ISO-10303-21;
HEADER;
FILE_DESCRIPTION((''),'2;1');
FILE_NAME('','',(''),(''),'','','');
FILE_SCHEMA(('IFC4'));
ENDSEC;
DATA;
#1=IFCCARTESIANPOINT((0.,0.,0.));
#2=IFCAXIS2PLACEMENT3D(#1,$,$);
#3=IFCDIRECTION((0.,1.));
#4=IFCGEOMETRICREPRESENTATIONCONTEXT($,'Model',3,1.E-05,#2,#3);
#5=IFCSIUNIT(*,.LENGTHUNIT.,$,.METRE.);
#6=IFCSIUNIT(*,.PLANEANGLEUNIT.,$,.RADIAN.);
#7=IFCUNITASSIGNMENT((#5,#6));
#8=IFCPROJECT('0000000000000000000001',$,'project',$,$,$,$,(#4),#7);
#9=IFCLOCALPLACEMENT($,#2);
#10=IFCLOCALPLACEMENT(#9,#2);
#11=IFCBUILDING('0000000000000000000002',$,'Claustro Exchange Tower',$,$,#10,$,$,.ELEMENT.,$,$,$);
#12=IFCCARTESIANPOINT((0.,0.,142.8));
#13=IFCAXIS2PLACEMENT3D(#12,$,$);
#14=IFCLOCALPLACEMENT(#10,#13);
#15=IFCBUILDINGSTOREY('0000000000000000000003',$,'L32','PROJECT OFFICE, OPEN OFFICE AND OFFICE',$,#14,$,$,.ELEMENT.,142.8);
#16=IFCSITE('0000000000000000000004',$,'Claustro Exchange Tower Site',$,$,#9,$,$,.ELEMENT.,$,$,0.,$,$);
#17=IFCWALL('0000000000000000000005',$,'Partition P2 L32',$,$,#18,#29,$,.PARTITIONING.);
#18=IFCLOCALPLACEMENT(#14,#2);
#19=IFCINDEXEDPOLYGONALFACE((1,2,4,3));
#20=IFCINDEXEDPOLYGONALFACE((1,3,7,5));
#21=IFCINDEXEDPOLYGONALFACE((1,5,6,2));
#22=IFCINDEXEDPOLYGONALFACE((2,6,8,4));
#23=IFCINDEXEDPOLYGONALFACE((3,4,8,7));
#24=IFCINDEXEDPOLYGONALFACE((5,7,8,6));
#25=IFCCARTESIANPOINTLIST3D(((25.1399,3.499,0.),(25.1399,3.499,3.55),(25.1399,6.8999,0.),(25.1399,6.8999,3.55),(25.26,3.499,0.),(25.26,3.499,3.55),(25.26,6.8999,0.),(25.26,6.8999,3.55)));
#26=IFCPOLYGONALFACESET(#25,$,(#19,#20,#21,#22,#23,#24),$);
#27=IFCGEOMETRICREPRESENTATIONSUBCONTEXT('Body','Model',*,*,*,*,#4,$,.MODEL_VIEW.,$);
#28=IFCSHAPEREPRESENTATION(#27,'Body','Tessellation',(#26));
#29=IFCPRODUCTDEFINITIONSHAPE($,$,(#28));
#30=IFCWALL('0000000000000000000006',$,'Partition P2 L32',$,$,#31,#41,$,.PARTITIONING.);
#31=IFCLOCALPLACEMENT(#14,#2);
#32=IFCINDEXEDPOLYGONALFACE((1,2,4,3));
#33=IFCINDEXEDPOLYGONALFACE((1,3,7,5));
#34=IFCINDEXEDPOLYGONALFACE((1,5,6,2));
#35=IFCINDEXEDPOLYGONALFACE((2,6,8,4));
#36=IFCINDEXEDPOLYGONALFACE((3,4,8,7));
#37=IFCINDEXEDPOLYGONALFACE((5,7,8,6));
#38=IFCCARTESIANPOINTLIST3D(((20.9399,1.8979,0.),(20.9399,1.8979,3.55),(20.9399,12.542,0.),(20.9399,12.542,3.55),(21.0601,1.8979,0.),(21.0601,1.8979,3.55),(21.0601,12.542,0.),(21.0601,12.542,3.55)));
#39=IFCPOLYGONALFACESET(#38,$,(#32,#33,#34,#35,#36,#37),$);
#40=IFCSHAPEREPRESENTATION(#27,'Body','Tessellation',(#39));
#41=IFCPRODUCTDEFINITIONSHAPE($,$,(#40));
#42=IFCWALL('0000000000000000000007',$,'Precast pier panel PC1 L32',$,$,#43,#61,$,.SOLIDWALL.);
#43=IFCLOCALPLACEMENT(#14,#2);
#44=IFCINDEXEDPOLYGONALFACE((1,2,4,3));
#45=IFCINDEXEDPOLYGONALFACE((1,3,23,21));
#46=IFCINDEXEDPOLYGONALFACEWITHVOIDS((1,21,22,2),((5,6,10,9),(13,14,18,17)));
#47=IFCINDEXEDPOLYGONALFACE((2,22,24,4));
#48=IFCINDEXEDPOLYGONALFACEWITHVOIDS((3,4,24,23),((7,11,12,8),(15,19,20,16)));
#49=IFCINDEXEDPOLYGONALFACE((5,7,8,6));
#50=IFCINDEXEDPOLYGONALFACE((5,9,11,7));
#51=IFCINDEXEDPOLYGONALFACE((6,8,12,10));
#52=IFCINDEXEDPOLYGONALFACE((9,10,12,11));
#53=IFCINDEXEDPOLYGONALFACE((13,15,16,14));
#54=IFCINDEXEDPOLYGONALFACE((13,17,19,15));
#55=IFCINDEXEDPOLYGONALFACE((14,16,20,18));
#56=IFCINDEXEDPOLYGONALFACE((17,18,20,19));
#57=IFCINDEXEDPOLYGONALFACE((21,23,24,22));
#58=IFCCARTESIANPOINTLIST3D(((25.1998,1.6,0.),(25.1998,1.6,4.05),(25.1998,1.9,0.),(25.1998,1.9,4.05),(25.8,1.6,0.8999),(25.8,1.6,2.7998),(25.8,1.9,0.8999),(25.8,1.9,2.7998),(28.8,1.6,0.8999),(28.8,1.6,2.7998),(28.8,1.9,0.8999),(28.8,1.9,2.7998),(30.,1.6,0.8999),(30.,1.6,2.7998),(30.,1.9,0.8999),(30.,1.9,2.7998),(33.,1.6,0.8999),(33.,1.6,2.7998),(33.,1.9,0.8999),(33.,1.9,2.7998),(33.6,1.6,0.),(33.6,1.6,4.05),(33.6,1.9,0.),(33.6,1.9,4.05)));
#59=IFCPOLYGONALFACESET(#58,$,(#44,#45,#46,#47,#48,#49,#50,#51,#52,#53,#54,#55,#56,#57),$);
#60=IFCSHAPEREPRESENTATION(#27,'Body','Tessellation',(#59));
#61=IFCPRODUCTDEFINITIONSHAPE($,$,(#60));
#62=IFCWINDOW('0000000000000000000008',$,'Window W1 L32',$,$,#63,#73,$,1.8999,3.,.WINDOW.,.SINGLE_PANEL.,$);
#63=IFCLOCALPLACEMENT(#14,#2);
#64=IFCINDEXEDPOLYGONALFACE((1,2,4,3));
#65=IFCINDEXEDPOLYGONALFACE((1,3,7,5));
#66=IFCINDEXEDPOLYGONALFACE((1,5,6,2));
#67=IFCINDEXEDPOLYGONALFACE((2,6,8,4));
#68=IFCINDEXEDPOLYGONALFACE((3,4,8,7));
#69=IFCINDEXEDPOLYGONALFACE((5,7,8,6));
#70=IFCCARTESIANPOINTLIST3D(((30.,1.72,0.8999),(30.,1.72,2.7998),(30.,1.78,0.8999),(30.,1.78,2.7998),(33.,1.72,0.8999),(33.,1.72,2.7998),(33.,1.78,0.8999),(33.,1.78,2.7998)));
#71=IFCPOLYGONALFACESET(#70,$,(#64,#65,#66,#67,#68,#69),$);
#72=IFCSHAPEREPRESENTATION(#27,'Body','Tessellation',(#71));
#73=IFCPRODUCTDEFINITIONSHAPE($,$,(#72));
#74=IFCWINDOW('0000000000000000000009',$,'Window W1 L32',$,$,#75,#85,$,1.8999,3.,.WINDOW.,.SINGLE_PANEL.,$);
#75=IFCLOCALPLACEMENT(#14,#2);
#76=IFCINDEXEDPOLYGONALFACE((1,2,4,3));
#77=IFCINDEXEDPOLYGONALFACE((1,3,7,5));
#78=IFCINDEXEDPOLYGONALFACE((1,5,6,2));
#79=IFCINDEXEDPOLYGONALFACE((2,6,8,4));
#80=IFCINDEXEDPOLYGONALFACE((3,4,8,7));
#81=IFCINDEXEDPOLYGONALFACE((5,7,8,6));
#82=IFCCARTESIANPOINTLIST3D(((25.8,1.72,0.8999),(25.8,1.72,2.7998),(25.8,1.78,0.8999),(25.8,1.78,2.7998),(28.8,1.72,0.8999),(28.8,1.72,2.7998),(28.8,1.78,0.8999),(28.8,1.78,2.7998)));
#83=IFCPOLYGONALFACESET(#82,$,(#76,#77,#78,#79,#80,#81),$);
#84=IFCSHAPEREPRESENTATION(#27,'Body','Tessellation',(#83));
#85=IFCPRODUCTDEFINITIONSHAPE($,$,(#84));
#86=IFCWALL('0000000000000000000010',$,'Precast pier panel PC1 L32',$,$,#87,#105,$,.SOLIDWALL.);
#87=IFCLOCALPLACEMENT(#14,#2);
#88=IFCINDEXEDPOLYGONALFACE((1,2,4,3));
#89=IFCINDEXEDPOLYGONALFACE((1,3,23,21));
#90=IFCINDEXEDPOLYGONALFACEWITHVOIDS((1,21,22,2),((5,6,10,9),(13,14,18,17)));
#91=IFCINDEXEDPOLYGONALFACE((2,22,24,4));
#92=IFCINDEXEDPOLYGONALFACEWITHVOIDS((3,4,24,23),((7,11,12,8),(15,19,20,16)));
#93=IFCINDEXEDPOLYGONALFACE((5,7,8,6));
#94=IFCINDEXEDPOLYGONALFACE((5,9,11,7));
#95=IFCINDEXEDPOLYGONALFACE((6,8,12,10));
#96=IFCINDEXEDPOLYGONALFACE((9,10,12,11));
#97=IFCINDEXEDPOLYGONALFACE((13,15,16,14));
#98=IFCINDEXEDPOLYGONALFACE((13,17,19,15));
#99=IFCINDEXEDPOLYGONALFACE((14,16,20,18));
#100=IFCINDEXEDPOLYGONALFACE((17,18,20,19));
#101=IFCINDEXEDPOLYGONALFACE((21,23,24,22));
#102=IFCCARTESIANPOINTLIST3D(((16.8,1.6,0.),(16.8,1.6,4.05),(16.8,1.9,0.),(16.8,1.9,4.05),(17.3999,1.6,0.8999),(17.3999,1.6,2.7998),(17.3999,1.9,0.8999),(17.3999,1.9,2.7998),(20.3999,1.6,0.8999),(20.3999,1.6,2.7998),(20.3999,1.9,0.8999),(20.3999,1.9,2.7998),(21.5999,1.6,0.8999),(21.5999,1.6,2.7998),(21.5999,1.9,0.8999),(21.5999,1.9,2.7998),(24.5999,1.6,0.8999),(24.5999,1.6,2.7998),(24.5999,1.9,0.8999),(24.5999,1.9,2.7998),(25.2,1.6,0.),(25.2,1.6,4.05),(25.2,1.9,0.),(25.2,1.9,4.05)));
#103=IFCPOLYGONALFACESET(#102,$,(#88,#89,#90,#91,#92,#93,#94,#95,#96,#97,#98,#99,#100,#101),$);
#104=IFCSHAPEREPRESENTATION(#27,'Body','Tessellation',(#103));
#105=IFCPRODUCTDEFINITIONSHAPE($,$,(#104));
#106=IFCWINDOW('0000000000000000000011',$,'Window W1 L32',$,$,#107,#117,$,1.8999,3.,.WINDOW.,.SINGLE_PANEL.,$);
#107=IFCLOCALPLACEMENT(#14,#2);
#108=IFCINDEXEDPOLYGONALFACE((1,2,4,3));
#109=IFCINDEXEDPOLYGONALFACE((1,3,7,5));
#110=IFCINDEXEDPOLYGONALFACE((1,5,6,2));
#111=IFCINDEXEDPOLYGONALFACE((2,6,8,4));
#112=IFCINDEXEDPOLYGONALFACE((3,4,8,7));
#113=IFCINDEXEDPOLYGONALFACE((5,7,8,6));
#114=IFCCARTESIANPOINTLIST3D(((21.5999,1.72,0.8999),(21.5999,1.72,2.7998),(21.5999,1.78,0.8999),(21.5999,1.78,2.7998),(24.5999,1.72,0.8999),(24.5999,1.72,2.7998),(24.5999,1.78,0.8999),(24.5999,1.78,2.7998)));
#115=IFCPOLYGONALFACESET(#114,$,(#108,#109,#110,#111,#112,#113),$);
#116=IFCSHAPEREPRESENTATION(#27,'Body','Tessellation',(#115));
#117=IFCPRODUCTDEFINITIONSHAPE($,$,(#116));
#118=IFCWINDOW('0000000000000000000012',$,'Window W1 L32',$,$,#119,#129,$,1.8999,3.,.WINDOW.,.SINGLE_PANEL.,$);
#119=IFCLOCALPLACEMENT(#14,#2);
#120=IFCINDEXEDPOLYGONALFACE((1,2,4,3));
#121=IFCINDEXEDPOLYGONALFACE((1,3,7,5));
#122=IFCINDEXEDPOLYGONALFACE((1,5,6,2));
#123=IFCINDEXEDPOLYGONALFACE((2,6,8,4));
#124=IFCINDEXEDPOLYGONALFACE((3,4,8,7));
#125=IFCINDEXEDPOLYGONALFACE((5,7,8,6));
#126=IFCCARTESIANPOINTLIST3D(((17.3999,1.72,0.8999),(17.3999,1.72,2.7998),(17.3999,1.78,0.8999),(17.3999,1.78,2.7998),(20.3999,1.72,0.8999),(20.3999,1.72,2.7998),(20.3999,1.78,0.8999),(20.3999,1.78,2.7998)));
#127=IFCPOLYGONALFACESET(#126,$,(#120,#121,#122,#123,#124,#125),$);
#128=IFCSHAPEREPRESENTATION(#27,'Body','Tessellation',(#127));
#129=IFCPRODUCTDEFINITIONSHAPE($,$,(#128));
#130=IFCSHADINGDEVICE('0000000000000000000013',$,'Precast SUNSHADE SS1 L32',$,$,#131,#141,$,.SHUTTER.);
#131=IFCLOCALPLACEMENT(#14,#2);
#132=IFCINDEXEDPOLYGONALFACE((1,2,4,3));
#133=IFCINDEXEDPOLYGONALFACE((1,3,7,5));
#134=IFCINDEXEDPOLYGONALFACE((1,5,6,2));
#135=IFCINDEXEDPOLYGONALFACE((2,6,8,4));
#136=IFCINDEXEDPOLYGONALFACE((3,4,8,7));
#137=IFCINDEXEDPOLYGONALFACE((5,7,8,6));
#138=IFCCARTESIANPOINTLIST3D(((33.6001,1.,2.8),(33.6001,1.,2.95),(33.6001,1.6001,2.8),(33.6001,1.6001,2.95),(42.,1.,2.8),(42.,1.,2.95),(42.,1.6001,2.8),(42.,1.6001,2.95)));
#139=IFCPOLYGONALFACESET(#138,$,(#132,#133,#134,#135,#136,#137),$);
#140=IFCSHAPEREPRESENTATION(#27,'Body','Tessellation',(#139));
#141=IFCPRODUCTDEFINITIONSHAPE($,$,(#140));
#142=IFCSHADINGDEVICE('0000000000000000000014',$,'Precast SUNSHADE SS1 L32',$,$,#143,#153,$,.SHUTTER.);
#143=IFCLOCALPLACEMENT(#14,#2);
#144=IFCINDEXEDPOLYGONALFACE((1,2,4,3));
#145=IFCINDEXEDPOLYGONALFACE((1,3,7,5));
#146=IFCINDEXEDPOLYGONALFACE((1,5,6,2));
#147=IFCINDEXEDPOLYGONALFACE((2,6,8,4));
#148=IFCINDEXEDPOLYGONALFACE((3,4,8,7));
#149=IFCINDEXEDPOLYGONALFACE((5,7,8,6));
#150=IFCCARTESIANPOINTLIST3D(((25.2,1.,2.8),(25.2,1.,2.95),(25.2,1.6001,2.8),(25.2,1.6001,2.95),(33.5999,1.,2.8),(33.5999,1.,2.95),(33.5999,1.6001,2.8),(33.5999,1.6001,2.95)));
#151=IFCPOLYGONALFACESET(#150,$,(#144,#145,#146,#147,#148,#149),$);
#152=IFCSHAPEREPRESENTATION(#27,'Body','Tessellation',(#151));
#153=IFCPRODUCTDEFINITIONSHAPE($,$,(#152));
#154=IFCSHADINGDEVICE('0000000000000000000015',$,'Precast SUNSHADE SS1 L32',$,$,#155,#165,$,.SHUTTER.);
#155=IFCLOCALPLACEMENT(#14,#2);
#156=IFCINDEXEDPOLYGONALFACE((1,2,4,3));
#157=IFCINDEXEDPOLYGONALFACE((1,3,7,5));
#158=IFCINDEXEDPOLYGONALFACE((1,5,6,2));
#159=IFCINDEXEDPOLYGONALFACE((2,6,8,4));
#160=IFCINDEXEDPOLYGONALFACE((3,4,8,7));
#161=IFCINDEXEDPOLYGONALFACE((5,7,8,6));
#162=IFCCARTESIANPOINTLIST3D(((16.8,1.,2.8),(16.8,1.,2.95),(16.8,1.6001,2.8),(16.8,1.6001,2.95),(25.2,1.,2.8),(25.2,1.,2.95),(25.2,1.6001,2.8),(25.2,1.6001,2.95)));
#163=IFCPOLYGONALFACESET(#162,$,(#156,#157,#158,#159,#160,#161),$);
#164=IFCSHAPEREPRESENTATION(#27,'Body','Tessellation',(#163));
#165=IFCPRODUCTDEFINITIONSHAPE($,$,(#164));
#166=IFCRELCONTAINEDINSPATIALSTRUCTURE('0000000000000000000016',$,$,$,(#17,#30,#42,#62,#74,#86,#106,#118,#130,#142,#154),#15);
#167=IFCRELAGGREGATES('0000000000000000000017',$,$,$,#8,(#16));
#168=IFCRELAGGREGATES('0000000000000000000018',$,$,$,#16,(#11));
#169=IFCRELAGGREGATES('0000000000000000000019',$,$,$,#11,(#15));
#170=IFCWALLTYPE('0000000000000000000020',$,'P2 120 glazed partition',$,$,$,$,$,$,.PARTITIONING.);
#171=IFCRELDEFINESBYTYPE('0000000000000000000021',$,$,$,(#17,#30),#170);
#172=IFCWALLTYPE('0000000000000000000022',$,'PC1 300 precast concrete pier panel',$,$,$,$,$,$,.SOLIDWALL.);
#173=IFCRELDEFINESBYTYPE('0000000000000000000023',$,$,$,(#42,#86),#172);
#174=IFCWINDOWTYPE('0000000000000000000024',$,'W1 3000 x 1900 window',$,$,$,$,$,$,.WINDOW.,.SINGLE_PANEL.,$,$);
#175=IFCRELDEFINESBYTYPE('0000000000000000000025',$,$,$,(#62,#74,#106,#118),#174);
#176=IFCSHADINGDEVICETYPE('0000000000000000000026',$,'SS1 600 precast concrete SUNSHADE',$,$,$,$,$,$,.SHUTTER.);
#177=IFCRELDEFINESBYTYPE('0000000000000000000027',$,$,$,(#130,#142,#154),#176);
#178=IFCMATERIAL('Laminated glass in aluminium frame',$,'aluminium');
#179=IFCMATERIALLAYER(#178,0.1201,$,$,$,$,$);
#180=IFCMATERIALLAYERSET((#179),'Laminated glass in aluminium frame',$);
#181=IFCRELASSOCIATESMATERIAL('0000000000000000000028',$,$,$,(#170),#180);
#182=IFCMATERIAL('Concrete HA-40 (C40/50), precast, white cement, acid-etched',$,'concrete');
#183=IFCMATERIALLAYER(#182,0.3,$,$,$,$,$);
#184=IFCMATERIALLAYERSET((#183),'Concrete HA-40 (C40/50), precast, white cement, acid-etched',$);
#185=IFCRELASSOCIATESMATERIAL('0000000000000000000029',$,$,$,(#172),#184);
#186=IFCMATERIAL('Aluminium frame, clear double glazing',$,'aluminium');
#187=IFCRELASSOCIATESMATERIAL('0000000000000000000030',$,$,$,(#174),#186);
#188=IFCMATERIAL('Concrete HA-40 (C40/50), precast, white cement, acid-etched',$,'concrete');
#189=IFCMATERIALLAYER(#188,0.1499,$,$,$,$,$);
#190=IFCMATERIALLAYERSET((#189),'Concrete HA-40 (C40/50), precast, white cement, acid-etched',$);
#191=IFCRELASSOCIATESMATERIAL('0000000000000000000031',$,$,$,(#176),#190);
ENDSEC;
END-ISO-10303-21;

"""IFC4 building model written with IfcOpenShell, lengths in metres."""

from ifc_helpers import new_model, si_unit, direction, frame, frame_2d, origin, origin_2d, place, context, subcontext, project, spatial, rectangle, extrude, material, layer, layer_set, type_object, element, fill, save


model = new_model("IFC4")

# Units and contexts
model_context = context("Model", 3, precision=1e-05, world=origin(), true_north=direction((0.0, 1.0)))
body_context = subcontext(model_context, "Body", "Model", "MODEL_VIEW")
ifc_project = project(units=[si_unit("LENGTHUNIT", "METRE"), si_unit("PLANEANGLEUNIT", "RADIAN")], contexts=[model_context])

# Site, building, storey
site_placement = place(None, origin())
site = spatial("IfcSite", under=ifc_project, at=site_placement, Name="Claustro Exchange Tower Site", CompositionType="ELEMENT", RefElevation=0.0)
building_placement = place(site_placement, origin())
building = spatial("IfcBuilding", under=site, at=building_placement, Name="Claustro Exchange Tower", CompositionType="ELEMENT")
storey_placement = place(building_placement, frame((0.0, 0.0, 142.8)))
storey = spatial("IfcBuildingStorey", under=building, at=storey_placement, Name="L32", Description="PROJECT OFFICE, OPEN OFFICE AND OFFICE", CompositionType="ELEMENT", Elevation=142.8)

# Shared definitions
ifc_material_1 = material(Name="Laminated glass in aluminium frame", Category="aluminium")
ifc_layer_1 = layer(ifc_material_1, 0.1201)
ifc_layer_set_1 = layer_set([ifc_layer_1], Name="Laminated glass in aluminium frame")
wall_type_1 = type_object("IfcWallType", Name="P2 120 glazed partition", PredefinedType="PARTITIONING", material=ifc_layer_set_1)

# Walls
wall_1_placement = place(storey_placement, frame((25.2, 3.499, 0.0), z_axis=(0.0, 0.0, 1.0), x_axis=(0.0, 1.0, 0.0)))
element("IfcWall", 1, at=wall_1_placement, inside=storey, type_object=wall_type_1, Name="Partition P2 L32", PredefinedType="PARTITIONING", context=body_context, shape_type="SweptSolid", body=[
    extrude(rectangle(XDim=3.4009, YDim=0.1201, at=frame_2d((1.7004, 0.0))), origin(), (0.0, 0.0, 1.0), 3.55),
])
wall_2_placement = place(storey_placement, frame((21.0, 1.8979, 0.0), z_axis=(0.0, 0.0, 1.0), x_axis=(0.0, 1.0, 0.0)))
element("IfcWall", 2, at=wall_2_placement, inside=storey, type_object=wall_type_1, Name="Partition P2 L32", PredefinedType="PARTITIONING", context=body_context, shape_type="SweptSolid", body=[
    extrude(rectangle(XDim=10.644, YDim=0.1201, at=frame_2d((5.322, 0.0))), origin(), (0.0, 0.0, 1.0), 3.55),
])

# Walls, openings, windows
ifc_material_2 = material(Name="Concrete HA-40 (C40/50), precast, white cement, acid-etched", Category="concrete")
ifc_layer_2 = layer(ifc_material_2, 0.3)
ifc_layer_set_2 = layer_set([ifc_layer_2], Name="Concrete HA-40 (C40/50), precast, white cement, acid-etched")
wall_type_2 = type_object("IfcWallType", Name="PC1 300 precast concrete pier panel", PredefinedType="SOLIDWALL", material=ifc_layer_set_2)
wall_3_placement = place(storey_placement, frame((33.6001, 1.75, 0.0), z_axis=(0.0, 0.0, 1.0), x_axis=(-1.0, 0.0, 0.0)))
wall_3 = element("IfcWall", 3, at=wall_3_placement, inside=storey, type_object=wall_type_2, Name="Precast pier panel PC1 L32", PredefinedType="SOLIDWALL", context=body_context, shape_type="SweptSolid", body=[
    extrude(rectangle(XDim=8.4001, YDim=0.3, at=frame_2d((4.2002, 0.0))), origin(), (0.0, 0.0, 1.0), 4.05),
])
opening_1_placement = place(wall_3_placement, frame((0.6001, 0.0, 0.8999)))
opening_1 = element("IfcOpeningElement", 4, at=opening_1_placement, cuts=wall_3, PredefinedType="OPENING", context=body_context, shape_type="SweptSolid", body=[
    extrude(rectangle(XDim=3.0, YDim=1.8999, at=frame_2d((1.5, 0.95))), frame((0.0, 0.1599, 0.0), z_axis=(0.0, -1.0, 0.0), x_axis=(1.0, 0.0, 0.0)), (0.0, 0.0, 1.0), 0.3201),
])
opening_2_placement = place(wall_3_placement, frame((4.8, 0.0, 0.8999)))
opening_2 = element("IfcOpeningElement", 5, at=opening_2_placement, cuts=wall_3, PredefinedType="OPENING", context=body_context, shape_type="SweptSolid", body=[
    extrude(rectangle(XDim=3.0, YDim=1.8999, at=frame_2d((1.5, 0.95))), frame((0.0, 0.1599, 0.0), z_axis=(0.0, -1.0, 0.0), x_axis=(1.0, 0.0, 0.0)), (0.0, 0.0, 1.0), 0.3201),
])
ifc_material_3 = material(Name="Aluminium frame, clear double glazing", Category="aluminium")
window_type = type_object("IfcWindowType", Name="W1 3000 x 1900 window", PartitioningType="SINGLE_PANEL", PredefinedType="WINDOW", material=ifc_material_3)
window_1_placement = place(opening_1_placement, origin())
window_1 = element("IfcWindow", 6, at=window_1_placement, inside=storey, type_object=window_type, Name="Window W1 L32", OverallHeight=1.8999, OverallWidth=3.0, PartitioningType="SINGLE_PANEL", PredefinedType="WINDOW", context=body_context, shape_type="SweptSolid", body=[
    extrude(rectangle(XDim=3.0, YDim=1.8999, at=frame_2d((1.5, 0.95))), frame((0.0, 0.03, 0.0), z_axis=(0.0, -1.0, 0.0), x_axis=(1.0, 0.0, 0.0)), (0.0, 0.0, 1.0), 0.0601),
])
fill(opening_1, window_1)
window_2_placement = place(opening_2_placement, origin())
window_2 = element("IfcWindow", 7, at=window_2_placement, inside=storey, type_object=window_type, Name="Window W1 L32", OverallHeight=1.8999, OverallWidth=3.0, PartitioningType="SINGLE_PANEL", PredefinedType="WINDOW", context=body_context, shape_type="SweptSolid", body=[
    extrude(rectangle(XDim=3.0, YDim=1.8999, at=frame_2d((1.5, 0.95))), frame((0.0, 0.03, 0.0), z_axis=(0.0, -1.0, 0.0), x_axis=(1.0, 0.0, 0.0)), (0.0, 0.0, 1.0), 0.0601),
])
fill(opening_2, window_2)
wall_4_placement = place(storey_placement, frame((25.2, 1.75, 0.0), z_axis=(0.0, 0.0, 1.0), x_axis=(-1.0, 0.0, 0.0)))
wall_4 = element("IfcWall", 8, at=wall_4_placement, inside=storey, type_object=wall_type_2, Name="Precast pier panel PC1 L32", PredefinedType="SOLIDWALL", context=body_context, shape_type="SweptSolid", body=[
    extrude(rectangle(XDim=8.3999, YDim=0.3, at=frame_2d((4.2, 0.0))), origin(), (0.0, 0.0, 1.0), 4.05),
])
opening_3_placement = place(wall_4_placement, frame((0.6001, 0.0, 0.8999)))
opening_3 = element("IfcOpeningElement", 9, at=opening_3_placement, cuts=wall_4, PredefinedType="OPENING", context=body_context, shape_type="SweptSolid", body=[
    extrude(rectangle(XDim=3.0, YDim=1.8999, at=frame_2d((1.5, 0.95))), frame((0.0, 0.1599, 0.0), z_axis=(0.0, -1.0, 0.0), x_axis=(1.0, 0.0, 0.0)), (0.0, 0.0, 1.0), 0.3201),
])
opening_4_placement = place(wall_4_placement, frame((4.8, 0.0, 0.8999)))
opening_4 = element("IfcOpeningElement", 10, at=opening_4_placement, cuts=wall_4, PredefinedType="OPENING", context=body_context, shape_type="SweptSolid", body=[
    extrude(rectangle(XDim=3.0, YDim=1.8999, at=frame_2d((1.5, 0.95))), frame((0.0, 0.1599, 0.0), z_axis=(0.0, -1.0, 0.0), x_axis=(1.0, 0.0, 0.0)), (0.0, 0.0, 1.0), 0.3201),
])
window_3_placement = place(opening_3_placement, origin())
window_3 = element("IfcWindow", 11, at=window_3_placement, inside=storey, type_object=window_type, Name="Window W1 L32", OverallHeight=1.8999, OverallWidth=3.0, PartitioningType="SINGLE_PANEL", PredefinedType="WINDOW", context=body_context, shape_type="SweptSolid", body=[
    extrude(rectangle(XDim=3.0, YDim=1.8999, at=frame_2d((1.5, 0.95))), frame((0.0, 0.03, 0.0), z_axis=(0.0, -1.0, 0.0), x_axis=(1.0, 0.0, 0.0)), (0.0, 0.0, 1.0), 0.0601),
])
fill(opening_3, window_3)
window_4_placement = place(opening_4_placement, origin())
window_4 = element("IfcWindow", 12, at=window_4_placement, inside=storey, type_object=window_type, Name="Window W1 L32", OverallHeight=1.8999, OverallWidth=3.0, PartitioningType="SINGLE_PANEL", PredefinedType="WINDOW", context=body_context, shape_type="SweptSolid", body=[
    extrude(rectangle(XDim=3.0, YDim=1.8999, at=frame_2d((1.5, 0.95))), frame((0.0, 0.03, 0.0), z_axis=(0.0, -1.0, 0.0), x_axis=(1.0, 0.0, 0.0)), (0.0, 0.0, 1.0), 0.0601),
])
fill(opening_4, window_4)

# Shading devices
ifc_material_4 = material(Name="Concrete HA-40 (C40/50), precast, white cement, acid-etched", Category="concrete")
ifc_layer_3 = layer(ifc_material_4, 0.1499)
ifc_layer_set_3 = layer_set([ifc_layer_3], Name="Concrete HA-40 (C40/50), precast, white cement, acid-etched")
shading_device_type = type_object("IfcShadingDeviceType", Name="SS1 600 precast concrete SUNSHADE", PredefinedType="SHUTTER", material=ifc_layer_set_3)
for number, where, z_axis, x_axis, name in (
    (13, (37.8, 1.3, 2.8), (0.0, 0.0, 1.0), (-1.0, 0.0, 0.0), "Precast SUNSHADE SS1 L32"),
    (14, (29.3999, 1.3, 2.8), (0.0, 0.0, 1.0), (-1.0, 0.0, 0.0), "Precast SUNSHADE SS1 L32"),
    (15, (21.0, 1.3, 2.8), (0.0, 0.0, 1.0), (-1.0, 0.0, 0.0), "Precast SUNSHADE SS1 L32"),
):
    element("IfcShadingDevice", number, at=place(storey_placement, frame(where, z_axis=z_axis, x_axis=x_axis)), inside=storey, type_object=shading_device_type, Name=name, PredefinedType="SHUTTER", context=body_context, shape_type="SweptSolid", body=[
        extrude(rectangle(XDim=8.3999, YDim=0.6001, at=origin_2d()), origin(), (0.0, 0.0, 1.0), 0.1499),
    ])

save(model, "model.ifc")
